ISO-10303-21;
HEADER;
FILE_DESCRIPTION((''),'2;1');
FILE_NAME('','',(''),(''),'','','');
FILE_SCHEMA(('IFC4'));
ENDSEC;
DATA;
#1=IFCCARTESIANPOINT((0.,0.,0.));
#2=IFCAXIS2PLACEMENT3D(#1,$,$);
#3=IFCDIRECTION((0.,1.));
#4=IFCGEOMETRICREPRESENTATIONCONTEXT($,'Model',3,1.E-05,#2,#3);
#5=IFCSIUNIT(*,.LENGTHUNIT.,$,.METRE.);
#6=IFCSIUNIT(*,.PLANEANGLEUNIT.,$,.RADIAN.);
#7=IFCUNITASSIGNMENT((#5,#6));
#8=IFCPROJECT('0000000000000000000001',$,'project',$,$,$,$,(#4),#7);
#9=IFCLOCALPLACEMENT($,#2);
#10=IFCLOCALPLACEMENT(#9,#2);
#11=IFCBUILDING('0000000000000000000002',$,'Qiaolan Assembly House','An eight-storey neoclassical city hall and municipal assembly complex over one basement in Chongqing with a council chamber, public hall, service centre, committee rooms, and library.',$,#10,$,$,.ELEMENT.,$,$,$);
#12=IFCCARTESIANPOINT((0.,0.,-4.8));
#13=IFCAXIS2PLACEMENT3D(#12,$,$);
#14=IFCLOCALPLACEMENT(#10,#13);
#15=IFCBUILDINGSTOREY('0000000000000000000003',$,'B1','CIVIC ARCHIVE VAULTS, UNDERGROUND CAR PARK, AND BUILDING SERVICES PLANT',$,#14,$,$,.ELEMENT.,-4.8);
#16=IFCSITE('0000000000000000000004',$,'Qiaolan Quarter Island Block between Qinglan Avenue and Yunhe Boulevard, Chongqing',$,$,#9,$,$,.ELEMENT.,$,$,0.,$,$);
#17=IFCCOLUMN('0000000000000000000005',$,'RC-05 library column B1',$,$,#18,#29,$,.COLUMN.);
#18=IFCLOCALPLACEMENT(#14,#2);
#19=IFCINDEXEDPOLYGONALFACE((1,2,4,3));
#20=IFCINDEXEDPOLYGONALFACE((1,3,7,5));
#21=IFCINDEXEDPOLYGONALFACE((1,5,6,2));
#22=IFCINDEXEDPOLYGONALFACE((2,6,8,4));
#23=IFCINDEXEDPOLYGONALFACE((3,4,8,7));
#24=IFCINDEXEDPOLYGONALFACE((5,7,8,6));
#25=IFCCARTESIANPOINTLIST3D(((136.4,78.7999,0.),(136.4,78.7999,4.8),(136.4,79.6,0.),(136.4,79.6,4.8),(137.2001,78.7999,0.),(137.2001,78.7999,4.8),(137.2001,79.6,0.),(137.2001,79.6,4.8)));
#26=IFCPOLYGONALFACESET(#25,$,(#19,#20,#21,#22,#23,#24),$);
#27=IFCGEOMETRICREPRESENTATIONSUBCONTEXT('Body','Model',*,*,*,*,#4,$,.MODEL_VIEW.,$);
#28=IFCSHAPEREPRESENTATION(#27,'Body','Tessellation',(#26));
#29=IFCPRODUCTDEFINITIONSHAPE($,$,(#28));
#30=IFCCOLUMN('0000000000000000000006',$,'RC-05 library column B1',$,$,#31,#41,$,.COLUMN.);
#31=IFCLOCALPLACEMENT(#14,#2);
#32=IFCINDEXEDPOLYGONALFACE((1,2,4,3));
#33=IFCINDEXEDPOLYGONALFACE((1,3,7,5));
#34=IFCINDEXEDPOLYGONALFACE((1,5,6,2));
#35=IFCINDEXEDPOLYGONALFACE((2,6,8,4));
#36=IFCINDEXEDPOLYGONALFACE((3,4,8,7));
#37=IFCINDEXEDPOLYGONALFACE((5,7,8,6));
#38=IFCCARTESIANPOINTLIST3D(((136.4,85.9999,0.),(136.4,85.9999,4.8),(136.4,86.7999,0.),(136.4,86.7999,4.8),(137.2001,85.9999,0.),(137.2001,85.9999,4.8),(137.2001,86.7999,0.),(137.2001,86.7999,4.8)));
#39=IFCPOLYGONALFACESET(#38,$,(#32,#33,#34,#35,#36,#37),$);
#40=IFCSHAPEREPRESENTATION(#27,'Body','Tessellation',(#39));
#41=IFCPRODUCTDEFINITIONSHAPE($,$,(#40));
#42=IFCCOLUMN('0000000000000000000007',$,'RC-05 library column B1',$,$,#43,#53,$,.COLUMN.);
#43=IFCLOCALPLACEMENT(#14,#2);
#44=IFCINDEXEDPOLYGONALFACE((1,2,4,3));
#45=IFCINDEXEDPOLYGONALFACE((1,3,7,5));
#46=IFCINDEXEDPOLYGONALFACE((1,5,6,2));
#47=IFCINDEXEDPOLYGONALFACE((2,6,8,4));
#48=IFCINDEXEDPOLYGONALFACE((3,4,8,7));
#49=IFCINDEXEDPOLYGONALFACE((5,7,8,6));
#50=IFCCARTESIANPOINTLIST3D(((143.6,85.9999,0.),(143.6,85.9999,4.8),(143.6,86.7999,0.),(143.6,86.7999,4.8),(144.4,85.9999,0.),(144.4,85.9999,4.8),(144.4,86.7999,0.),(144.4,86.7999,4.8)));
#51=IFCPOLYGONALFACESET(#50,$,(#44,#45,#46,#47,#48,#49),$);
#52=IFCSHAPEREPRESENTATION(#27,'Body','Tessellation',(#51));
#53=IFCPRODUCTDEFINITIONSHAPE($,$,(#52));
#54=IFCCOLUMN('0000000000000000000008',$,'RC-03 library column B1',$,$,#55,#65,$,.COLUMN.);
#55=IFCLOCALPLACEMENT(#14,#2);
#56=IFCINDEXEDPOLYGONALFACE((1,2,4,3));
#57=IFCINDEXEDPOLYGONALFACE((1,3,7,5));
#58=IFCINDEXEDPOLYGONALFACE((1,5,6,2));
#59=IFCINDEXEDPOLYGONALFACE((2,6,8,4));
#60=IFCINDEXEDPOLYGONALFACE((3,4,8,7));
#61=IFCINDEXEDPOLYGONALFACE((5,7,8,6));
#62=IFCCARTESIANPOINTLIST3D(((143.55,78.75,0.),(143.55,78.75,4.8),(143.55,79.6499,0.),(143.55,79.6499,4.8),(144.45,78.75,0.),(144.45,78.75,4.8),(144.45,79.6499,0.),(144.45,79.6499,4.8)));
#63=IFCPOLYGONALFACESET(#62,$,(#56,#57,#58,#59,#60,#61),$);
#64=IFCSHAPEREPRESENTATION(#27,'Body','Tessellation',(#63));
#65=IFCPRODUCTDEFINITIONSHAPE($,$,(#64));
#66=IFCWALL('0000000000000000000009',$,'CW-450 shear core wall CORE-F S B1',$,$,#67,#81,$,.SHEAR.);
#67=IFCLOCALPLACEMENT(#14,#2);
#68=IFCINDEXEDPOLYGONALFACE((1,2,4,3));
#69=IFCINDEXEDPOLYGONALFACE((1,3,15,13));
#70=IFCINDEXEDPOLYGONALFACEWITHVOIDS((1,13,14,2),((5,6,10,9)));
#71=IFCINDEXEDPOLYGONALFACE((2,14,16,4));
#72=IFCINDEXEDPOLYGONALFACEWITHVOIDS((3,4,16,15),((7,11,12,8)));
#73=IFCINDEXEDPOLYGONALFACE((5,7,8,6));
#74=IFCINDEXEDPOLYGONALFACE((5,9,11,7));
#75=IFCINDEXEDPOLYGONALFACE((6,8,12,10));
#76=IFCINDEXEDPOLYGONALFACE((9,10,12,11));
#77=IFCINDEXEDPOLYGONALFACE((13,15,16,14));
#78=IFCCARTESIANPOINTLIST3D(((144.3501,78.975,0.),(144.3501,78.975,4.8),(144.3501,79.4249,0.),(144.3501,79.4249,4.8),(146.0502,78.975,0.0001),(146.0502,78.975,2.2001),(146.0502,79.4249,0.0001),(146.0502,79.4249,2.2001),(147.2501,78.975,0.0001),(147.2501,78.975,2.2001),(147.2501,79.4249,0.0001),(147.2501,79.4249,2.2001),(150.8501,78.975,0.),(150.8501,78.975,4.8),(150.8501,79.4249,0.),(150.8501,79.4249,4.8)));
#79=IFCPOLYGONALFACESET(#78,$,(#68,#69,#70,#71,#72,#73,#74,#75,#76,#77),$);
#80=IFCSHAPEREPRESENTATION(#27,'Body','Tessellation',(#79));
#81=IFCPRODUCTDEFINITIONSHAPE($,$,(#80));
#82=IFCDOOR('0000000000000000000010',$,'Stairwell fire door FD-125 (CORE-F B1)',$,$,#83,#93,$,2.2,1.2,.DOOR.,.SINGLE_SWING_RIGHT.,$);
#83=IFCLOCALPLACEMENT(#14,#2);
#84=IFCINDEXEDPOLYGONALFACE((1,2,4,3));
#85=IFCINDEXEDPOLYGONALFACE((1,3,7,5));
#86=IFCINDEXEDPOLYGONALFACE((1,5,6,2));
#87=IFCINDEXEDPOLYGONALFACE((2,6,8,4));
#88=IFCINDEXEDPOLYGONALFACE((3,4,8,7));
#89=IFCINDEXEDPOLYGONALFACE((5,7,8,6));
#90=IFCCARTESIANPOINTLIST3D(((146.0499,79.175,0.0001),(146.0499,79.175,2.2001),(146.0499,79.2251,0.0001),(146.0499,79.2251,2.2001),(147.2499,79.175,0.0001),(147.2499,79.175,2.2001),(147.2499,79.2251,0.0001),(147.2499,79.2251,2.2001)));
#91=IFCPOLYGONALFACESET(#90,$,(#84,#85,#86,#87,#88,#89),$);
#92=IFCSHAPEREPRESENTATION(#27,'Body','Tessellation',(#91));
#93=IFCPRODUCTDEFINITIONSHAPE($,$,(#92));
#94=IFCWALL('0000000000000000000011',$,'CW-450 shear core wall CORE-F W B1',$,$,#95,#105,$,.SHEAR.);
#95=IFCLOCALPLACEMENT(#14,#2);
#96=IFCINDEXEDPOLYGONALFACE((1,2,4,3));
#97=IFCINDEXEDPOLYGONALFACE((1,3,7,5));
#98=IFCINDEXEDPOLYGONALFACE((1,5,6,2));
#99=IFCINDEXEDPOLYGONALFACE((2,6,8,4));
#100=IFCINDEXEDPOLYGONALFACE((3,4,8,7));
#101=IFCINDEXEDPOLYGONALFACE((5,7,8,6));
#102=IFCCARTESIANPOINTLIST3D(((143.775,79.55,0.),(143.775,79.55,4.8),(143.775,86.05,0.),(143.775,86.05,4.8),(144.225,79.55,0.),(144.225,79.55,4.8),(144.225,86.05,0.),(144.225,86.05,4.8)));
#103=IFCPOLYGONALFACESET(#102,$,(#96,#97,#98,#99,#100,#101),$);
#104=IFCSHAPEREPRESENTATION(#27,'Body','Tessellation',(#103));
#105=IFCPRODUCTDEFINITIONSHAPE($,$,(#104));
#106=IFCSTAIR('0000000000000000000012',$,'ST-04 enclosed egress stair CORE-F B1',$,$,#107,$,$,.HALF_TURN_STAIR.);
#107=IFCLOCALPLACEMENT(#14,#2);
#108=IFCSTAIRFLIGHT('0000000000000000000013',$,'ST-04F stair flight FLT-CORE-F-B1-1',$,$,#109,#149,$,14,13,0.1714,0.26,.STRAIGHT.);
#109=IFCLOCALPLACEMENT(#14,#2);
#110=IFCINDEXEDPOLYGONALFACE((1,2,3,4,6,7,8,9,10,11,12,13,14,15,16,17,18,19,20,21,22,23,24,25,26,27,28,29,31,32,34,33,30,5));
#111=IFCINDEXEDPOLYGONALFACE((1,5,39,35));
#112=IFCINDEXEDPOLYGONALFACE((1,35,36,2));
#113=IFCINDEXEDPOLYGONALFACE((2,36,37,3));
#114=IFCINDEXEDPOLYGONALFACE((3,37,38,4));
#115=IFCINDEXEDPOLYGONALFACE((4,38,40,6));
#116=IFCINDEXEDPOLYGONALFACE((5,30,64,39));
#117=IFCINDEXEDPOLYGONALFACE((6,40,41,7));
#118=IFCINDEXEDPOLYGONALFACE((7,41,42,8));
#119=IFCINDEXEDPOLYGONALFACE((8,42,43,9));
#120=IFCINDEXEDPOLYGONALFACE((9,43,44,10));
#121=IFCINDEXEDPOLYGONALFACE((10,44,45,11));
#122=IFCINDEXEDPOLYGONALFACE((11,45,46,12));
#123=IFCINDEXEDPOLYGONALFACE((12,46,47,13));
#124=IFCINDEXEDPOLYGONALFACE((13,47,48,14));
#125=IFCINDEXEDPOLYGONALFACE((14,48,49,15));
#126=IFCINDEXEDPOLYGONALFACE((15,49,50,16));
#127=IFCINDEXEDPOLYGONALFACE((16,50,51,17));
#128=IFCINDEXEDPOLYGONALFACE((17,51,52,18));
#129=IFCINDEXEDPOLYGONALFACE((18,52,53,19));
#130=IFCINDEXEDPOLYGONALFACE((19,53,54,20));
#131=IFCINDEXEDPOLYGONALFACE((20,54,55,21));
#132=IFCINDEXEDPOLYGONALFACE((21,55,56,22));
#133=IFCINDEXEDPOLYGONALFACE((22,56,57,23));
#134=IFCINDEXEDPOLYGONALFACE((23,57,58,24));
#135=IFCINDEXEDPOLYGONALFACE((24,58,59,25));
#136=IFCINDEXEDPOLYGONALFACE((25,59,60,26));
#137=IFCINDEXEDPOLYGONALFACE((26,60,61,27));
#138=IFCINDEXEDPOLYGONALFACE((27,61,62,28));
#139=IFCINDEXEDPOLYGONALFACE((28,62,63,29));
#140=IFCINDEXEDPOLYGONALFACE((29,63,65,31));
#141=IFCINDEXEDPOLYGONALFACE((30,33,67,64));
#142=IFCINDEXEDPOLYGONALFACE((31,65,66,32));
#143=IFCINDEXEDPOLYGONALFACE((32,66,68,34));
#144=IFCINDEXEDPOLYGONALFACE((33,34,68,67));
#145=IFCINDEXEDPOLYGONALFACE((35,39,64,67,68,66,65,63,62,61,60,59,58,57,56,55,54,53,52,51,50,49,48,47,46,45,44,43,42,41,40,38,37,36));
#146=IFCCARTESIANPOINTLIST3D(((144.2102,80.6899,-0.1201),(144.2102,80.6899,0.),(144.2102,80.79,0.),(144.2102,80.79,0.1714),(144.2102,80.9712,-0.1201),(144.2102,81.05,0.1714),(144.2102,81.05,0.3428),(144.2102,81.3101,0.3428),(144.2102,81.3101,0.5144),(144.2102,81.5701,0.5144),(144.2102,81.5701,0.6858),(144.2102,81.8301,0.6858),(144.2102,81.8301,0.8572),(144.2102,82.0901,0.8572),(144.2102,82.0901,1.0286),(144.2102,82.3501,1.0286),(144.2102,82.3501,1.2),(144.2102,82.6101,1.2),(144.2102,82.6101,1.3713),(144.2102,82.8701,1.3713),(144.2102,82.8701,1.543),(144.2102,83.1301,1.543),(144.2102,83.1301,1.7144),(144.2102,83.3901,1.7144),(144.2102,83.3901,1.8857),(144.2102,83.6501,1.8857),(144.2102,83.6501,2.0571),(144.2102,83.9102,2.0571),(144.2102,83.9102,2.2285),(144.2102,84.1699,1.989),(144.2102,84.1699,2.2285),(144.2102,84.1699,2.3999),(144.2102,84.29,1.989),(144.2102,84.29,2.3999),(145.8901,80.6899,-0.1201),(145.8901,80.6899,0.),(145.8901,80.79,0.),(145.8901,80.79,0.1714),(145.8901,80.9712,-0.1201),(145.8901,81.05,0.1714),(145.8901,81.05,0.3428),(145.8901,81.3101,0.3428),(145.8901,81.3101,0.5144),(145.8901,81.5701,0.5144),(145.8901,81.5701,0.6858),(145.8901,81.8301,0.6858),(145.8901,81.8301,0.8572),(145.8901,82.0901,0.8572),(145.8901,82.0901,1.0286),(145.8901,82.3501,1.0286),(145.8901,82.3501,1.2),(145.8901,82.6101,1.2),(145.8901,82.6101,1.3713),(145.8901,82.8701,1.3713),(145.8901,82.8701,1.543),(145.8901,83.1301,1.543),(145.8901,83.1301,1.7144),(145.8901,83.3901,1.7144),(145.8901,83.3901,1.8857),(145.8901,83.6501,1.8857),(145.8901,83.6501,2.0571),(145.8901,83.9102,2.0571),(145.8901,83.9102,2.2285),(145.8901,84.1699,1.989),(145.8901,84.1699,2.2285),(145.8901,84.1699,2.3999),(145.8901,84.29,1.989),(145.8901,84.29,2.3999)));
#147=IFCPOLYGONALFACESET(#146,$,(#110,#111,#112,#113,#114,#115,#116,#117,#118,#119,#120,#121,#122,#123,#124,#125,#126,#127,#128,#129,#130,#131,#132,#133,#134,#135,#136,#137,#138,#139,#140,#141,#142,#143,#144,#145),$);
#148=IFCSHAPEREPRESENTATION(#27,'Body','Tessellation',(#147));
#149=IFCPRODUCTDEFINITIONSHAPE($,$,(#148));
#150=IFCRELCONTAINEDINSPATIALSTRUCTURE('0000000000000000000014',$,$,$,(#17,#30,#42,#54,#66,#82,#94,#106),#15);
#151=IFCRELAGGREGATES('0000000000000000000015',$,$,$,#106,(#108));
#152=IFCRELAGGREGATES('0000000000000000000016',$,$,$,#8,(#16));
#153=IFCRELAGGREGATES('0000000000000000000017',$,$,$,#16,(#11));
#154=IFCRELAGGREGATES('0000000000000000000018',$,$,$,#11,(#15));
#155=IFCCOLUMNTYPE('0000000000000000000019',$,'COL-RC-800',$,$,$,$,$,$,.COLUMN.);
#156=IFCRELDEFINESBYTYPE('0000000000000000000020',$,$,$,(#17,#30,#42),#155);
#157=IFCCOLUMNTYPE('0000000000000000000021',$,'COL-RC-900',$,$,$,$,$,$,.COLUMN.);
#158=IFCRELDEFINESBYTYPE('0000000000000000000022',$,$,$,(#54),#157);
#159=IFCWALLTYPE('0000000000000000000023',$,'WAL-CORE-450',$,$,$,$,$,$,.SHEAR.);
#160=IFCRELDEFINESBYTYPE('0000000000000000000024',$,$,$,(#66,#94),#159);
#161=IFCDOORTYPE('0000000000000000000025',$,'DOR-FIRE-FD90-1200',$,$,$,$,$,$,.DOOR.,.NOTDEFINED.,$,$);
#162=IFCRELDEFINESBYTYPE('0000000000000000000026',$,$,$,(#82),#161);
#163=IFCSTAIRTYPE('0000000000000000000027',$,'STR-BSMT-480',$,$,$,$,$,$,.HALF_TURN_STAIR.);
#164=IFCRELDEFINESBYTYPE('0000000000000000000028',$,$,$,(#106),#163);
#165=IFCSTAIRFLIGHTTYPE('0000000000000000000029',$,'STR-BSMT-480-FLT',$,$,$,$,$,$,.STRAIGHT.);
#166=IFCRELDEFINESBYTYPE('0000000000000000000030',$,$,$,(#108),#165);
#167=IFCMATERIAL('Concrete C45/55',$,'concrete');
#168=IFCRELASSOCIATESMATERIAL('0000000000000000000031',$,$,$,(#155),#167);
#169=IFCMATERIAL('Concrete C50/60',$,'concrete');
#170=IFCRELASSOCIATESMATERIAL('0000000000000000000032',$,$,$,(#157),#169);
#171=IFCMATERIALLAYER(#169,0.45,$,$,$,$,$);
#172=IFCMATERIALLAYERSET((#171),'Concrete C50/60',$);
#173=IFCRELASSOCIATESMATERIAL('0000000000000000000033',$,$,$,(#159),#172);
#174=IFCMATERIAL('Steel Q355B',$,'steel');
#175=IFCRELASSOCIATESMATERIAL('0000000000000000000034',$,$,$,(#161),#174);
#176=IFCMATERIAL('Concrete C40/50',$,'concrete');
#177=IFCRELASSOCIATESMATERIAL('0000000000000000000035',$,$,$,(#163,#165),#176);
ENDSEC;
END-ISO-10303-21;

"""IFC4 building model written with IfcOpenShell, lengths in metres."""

from ifc_helpers import new_model, si_unit, direction, frame, frame_2d, origin, origin_2d, place, context, subcontext, project, spatial, polyline, rectangle, outline, extrude, material, layer, layer_set, material_profile, profile_set, type_object, element, fill, aggregate, save


model = new_model("IFC4")

# Units and contexts
model_context = context("Model", 3, precision=1e-05, world=origin(), true_north=direction((0.0, 1.0)))
body_context = subcontext(model_context, "Body", "Model", "MODEL_VIEW")
ifc_project = project(units=[si_unit("LENGTHUNIT", "METRE"), si_unit("PLANEANGLEUNIT", "RADIAN")], contexts=[model_context])

# Site, building, storey
site_placement = place(None, origin())
site = spatial("IfcSite", under=ifc_project, at=site_placement, Name="Qiaolan Quarter Island Block between Qinglan Avenue and Yunhe Boulevard, Chongqing", CompositionType="ELEMENT", RefElevation=0.0)
building_placement = place(site_placement, origin())
building = spatial("IfcBuilding", under=site, at=building_placement, Name="Qiaolan Assembly House", Description="An eight-storey neoclassical city hall and municipal assembly complex over one basement in Chongqing with a council chamber, public hall, service centre, committee rooms, and library.", CompositionType="ELEMENT")
storey_placement = place(building_placement, frame((0.0, 0.0, -4.8)))
storey = spatial("IfcBuildingStorey", under=building, at=storey_placement, Name="B1", Description="CIVIC ARCHIVE VAULTS, UNDERGROUND CAR PARK, AND BUILDING SERVICES PLANT", CompositionType="ELEMENT", Elevation=-4.8)

# Shared definitions
ifc_material_1 = material(Name="Concrete C40/50", Category="concrete")

# Shared definitions
ifc_material_2 = material(Name="Concrete C45/55", Category="concrete")

# Columns
ifc_material_profile_1 = material_profile(ifc_material_2, rectangle(XDim=0.8, YDim=0.8, at=origin_2d()), Name="RC 800x800")
ifc_profile_set_1 = profile_set([ifc_material_profile_1], Name="Concrete C45/55")
column_type_1 = type_object("IfcColumnType", Name="COL-RC-800", PredefinedType="COLUMN", material=ifc_profile_set_1)
for number, where, z_axis, x_axis, name in (
    (1, (136.8, 79.2, 0.0), (0.0, 0.0, 1.0), (1.0, 0.0, 0.0), "RC-05 library column B1"),
    (2, (136.8, 86.3999, 0.0), (0.0, 0.0, 1.0), (1.0, 0.0, 0.0), "RC-05 library column B1"),
    (3, (144.0, 86.3999, 0.0), (0.0, 0.0, 1.0), (1.0, 0.0, 0.0), "RC-05 library column B1"),
):
    element("IfcColumn", number, at=place(storey_placement, frame(where, z_axis=z_axis, x_axis=x_axis)), inside=storey, type_object=column_type_1, Name=name, PredefinedType="COLUMN", context=body_context, shape_type="SweptSolid", body=[
        extrude(rectangle(XDim=0.8, YDim=0.8, at=origin_2d()), origin(), (0.0, 0.0, 1.0), 4.8),
    ])
ifc_material_3 = material(Name="Concrete C50/60", Category="concrete")
ifc_material_profile_2 = material_profile(ifc_material_3, rectangle(XDim=0.8999, YDim=0.8999, at=origin_2d()), Name="RC 900x900")
ifc_profile_set_2 = profile_set([ifc_material_profile_2], Name="Concrete C50/60")
column_type_2 = type_object("IfcColumnType", Name="COL-RC-900", PredefinedType="COLUMN", material=ifc_profile_set_2)
column_placement = place(storey_placement, frame((144.0, 79.2, 0.0), z_axis=(0.0, 0.0, 1.0), x_axis=(1.0, 0.0, 0.0)))
element("IfcColumn", 4, at=column_placement, inside=storey, type_object=column_type_2, Name="RC-03 library column B1", PredefinedType="COLUMN", context=body_context, shape_type="SweptSolid", body=[
    extrude(rectangle(XDim=0.8999, YDim=0.8999, at=origin_2d()), origin(), (0.0, 0.0, 1.0), 4.8),
])

# Wall, opening, door
ifc_layer = layer(ifc_material_3, 0.45)
ifc_layer_set = layer_set([ifc_layer], Name="Concrete C50/60")
wall_type = type_object("IfcWallType", Name="WAL-CORE-450", PredefinedType="SHEAR", material=ifc_layer_set)
wall_1_placement = place(storey_placement, frame((144.3501, 79.2, 0.0), z_axis=(0.0, 0.0, 1.0), x_axis=(1.0, 0.0, 0.0)))
wall_1 = element("IfcWall", 5, at=wall_1_placement, inside=storey, type_object=wall_type, Name="CW-450 shear core wall CORE-F S B1", PredefinedType="SHEAR", context=body_context, shape_type="SweptSolid", body=[
    extrude(rectangle(XDim=6.5, YDim=0.45, at=frame_2d((3.25, 0.0))), origin(), (0.0, 0.0, 1.0), 4.8),
])
opening_placement = place(wall_1_placement, frame((1.7, 0.0, 0.0)))
opening = element("IfcOpeningElement", 6, at=opening_placement, cuts=wall_1, PredefinedType="OPENING", context=body_context, shape_type="SweptSolid", body=[
    extrude(rectangle(XDim=1.2, YDim=2.2, at=frame_2d((0.6001, 1.1001))), frame((0.0, 0.2349, 0.0), z_axis=(0.0, -1.0, 0.0), x_axis=(1.0, 0.0, 0.0)), (0.0, 0.0, 1.0), 0.47),
])
ifc_material_4 = material(Name="Steel Q355B", Category="steel")
door_type = type_object("IfcDoorType", Name="DOR-FIRE-FD90-1200", OperationType="NOTDEFINED", PredefinedType="DOOR", material=ifc_material_4)
door_placement = place(opening_placement, frame((1.2, 0.0, 0.0), z_axis=(0.0, 0.0, 1.0), x_axis=(-1.0, 0.0, 0.0)))
door = element("IfcDoor", 7, at=door_placement, inside=storey, type_object=door_type, Name="Stairwell fire door FD-125 (CORE-F B1)", OperationType="SINGLE_SWING_RIGHT", OverallHeight=2.2, OverallWidth=1.2, PredefinedType="DOOR", context=body_context, shape_type="SweptSolid", body=[
    extrude(rectangle(XDim=1.2, YDim=2.2, at=frame_2d((0.6001, 1.1001))), frame((0.0, 0.0249, 0.0), z_axis=(0.0, -1.0, 0.0), x_axis=(1.0, 0.0, 0.0)), (0.0, 0.0, 1.0), 0.05),
])
fill(opening, door)

# Wall
wall_2_placement = place(storey_placement, frame((144.0, 86.05, 0.0), z_axis=(0.0, 0.0, 1.0), x_axis=(0.0, -1.0, 0.0)))
element("IfcWall", 8, at=wall_2_placement, inside=storey, type_object=wall_type, Name="CW-450 shear core wall CORE-F W B1", PredefinedType="SHEAR", context=body_context, shape_type="SweptSolid", body=[
    extrude(rectangle(XDim=6.5, YDim=0.45, at=frame_2d((3.25, 0.0))), origin(), (0.0, 0.0, 1.0), 4.8),
])

# Stair, stair flight
stair_type = type_object("IfcStairType", Name="STR-BSMT-480", PredefinedType="HALF_TURN_STAIR", material=ifc_material_1)
stair_placement = place(storey_placement, origin())
stair = element("IfcStair", 9, at=stair_placement, inside=storey, type_object=stair_type, Name="ST-04 enclosed egress stair CORE-F B1", PredefinedType="HALF_TURN_STAIR")
stair_flight_type = type_object("IfcStairFlightType", Name="STR-BSMT-480-FLT", PredefinedType="STRAIGHT", material=ifc_material_1)
stair_flight_placement = place(storey_placement, frame((145.05, 80.79, 0.0), z_axis=(0.0, 0.0, 1.0), x_axis=(0.0, 1.0, 0.0)))
stair_flight = element("IfcStairFlight", 10, at=stair_flight_placement, type_object=stair_flight_type, Name="ST-04F stair flight FLT-CORE-F-B1-1", NumberOfRisers=14, NumberOfTreads=13, PredefinedType="STRAIGHT", RiserHeight=0.1714, TreadLength=0.26, context=body_context, shape_type="SweptSolid", body=[
    extrude(outline(polyline([(-0.1001, -0.1201), (-0.1001, 0.0), (0.0, 0.0), (0.0, 0.1714), (0.26, 0.1714), (0.26, 0.3428), (0.52, 0.3428), (0.52, 0.5144), (0.78, 0.5144), (0.78, 0.6858), (1.04, 0.6858), (1.04, 0.8572), (1.3, 0.8572), (1.3, 1.0286), (1.5601, 1.0286), (1.5601, 1.2), (1.8201, 1.2), (1.8201, 1.3713), (2.0801, 1.3713), (2.0801, 1.543), (2.3401, 1.543), (2.3401, 1.7144), (2.6001, 1.7144), (2.6001, 1.8857), (2.8601, 1.8857), (2.8601, 2.0571), (3.1201, 2.0571), (3.1201, 2.2285), (3.3799, 2.2285), (3.3799, 2.3999), (3.5, 2.3999), (3.5, 1.989), (3.3799, 1.989), (0.1812, -0.1201), (-0.1001, -0.1201)])), frame((0.0, 0.8398, 0.0), z_axis=(0.0, -1.0, 0.0), x_axis=(1.0, 0.0, 0.0)), (0.0, 0.0, 1.0), 1.6799),
])
aggregate(stair, [stair_flight])

save(model, "model.ifc")
